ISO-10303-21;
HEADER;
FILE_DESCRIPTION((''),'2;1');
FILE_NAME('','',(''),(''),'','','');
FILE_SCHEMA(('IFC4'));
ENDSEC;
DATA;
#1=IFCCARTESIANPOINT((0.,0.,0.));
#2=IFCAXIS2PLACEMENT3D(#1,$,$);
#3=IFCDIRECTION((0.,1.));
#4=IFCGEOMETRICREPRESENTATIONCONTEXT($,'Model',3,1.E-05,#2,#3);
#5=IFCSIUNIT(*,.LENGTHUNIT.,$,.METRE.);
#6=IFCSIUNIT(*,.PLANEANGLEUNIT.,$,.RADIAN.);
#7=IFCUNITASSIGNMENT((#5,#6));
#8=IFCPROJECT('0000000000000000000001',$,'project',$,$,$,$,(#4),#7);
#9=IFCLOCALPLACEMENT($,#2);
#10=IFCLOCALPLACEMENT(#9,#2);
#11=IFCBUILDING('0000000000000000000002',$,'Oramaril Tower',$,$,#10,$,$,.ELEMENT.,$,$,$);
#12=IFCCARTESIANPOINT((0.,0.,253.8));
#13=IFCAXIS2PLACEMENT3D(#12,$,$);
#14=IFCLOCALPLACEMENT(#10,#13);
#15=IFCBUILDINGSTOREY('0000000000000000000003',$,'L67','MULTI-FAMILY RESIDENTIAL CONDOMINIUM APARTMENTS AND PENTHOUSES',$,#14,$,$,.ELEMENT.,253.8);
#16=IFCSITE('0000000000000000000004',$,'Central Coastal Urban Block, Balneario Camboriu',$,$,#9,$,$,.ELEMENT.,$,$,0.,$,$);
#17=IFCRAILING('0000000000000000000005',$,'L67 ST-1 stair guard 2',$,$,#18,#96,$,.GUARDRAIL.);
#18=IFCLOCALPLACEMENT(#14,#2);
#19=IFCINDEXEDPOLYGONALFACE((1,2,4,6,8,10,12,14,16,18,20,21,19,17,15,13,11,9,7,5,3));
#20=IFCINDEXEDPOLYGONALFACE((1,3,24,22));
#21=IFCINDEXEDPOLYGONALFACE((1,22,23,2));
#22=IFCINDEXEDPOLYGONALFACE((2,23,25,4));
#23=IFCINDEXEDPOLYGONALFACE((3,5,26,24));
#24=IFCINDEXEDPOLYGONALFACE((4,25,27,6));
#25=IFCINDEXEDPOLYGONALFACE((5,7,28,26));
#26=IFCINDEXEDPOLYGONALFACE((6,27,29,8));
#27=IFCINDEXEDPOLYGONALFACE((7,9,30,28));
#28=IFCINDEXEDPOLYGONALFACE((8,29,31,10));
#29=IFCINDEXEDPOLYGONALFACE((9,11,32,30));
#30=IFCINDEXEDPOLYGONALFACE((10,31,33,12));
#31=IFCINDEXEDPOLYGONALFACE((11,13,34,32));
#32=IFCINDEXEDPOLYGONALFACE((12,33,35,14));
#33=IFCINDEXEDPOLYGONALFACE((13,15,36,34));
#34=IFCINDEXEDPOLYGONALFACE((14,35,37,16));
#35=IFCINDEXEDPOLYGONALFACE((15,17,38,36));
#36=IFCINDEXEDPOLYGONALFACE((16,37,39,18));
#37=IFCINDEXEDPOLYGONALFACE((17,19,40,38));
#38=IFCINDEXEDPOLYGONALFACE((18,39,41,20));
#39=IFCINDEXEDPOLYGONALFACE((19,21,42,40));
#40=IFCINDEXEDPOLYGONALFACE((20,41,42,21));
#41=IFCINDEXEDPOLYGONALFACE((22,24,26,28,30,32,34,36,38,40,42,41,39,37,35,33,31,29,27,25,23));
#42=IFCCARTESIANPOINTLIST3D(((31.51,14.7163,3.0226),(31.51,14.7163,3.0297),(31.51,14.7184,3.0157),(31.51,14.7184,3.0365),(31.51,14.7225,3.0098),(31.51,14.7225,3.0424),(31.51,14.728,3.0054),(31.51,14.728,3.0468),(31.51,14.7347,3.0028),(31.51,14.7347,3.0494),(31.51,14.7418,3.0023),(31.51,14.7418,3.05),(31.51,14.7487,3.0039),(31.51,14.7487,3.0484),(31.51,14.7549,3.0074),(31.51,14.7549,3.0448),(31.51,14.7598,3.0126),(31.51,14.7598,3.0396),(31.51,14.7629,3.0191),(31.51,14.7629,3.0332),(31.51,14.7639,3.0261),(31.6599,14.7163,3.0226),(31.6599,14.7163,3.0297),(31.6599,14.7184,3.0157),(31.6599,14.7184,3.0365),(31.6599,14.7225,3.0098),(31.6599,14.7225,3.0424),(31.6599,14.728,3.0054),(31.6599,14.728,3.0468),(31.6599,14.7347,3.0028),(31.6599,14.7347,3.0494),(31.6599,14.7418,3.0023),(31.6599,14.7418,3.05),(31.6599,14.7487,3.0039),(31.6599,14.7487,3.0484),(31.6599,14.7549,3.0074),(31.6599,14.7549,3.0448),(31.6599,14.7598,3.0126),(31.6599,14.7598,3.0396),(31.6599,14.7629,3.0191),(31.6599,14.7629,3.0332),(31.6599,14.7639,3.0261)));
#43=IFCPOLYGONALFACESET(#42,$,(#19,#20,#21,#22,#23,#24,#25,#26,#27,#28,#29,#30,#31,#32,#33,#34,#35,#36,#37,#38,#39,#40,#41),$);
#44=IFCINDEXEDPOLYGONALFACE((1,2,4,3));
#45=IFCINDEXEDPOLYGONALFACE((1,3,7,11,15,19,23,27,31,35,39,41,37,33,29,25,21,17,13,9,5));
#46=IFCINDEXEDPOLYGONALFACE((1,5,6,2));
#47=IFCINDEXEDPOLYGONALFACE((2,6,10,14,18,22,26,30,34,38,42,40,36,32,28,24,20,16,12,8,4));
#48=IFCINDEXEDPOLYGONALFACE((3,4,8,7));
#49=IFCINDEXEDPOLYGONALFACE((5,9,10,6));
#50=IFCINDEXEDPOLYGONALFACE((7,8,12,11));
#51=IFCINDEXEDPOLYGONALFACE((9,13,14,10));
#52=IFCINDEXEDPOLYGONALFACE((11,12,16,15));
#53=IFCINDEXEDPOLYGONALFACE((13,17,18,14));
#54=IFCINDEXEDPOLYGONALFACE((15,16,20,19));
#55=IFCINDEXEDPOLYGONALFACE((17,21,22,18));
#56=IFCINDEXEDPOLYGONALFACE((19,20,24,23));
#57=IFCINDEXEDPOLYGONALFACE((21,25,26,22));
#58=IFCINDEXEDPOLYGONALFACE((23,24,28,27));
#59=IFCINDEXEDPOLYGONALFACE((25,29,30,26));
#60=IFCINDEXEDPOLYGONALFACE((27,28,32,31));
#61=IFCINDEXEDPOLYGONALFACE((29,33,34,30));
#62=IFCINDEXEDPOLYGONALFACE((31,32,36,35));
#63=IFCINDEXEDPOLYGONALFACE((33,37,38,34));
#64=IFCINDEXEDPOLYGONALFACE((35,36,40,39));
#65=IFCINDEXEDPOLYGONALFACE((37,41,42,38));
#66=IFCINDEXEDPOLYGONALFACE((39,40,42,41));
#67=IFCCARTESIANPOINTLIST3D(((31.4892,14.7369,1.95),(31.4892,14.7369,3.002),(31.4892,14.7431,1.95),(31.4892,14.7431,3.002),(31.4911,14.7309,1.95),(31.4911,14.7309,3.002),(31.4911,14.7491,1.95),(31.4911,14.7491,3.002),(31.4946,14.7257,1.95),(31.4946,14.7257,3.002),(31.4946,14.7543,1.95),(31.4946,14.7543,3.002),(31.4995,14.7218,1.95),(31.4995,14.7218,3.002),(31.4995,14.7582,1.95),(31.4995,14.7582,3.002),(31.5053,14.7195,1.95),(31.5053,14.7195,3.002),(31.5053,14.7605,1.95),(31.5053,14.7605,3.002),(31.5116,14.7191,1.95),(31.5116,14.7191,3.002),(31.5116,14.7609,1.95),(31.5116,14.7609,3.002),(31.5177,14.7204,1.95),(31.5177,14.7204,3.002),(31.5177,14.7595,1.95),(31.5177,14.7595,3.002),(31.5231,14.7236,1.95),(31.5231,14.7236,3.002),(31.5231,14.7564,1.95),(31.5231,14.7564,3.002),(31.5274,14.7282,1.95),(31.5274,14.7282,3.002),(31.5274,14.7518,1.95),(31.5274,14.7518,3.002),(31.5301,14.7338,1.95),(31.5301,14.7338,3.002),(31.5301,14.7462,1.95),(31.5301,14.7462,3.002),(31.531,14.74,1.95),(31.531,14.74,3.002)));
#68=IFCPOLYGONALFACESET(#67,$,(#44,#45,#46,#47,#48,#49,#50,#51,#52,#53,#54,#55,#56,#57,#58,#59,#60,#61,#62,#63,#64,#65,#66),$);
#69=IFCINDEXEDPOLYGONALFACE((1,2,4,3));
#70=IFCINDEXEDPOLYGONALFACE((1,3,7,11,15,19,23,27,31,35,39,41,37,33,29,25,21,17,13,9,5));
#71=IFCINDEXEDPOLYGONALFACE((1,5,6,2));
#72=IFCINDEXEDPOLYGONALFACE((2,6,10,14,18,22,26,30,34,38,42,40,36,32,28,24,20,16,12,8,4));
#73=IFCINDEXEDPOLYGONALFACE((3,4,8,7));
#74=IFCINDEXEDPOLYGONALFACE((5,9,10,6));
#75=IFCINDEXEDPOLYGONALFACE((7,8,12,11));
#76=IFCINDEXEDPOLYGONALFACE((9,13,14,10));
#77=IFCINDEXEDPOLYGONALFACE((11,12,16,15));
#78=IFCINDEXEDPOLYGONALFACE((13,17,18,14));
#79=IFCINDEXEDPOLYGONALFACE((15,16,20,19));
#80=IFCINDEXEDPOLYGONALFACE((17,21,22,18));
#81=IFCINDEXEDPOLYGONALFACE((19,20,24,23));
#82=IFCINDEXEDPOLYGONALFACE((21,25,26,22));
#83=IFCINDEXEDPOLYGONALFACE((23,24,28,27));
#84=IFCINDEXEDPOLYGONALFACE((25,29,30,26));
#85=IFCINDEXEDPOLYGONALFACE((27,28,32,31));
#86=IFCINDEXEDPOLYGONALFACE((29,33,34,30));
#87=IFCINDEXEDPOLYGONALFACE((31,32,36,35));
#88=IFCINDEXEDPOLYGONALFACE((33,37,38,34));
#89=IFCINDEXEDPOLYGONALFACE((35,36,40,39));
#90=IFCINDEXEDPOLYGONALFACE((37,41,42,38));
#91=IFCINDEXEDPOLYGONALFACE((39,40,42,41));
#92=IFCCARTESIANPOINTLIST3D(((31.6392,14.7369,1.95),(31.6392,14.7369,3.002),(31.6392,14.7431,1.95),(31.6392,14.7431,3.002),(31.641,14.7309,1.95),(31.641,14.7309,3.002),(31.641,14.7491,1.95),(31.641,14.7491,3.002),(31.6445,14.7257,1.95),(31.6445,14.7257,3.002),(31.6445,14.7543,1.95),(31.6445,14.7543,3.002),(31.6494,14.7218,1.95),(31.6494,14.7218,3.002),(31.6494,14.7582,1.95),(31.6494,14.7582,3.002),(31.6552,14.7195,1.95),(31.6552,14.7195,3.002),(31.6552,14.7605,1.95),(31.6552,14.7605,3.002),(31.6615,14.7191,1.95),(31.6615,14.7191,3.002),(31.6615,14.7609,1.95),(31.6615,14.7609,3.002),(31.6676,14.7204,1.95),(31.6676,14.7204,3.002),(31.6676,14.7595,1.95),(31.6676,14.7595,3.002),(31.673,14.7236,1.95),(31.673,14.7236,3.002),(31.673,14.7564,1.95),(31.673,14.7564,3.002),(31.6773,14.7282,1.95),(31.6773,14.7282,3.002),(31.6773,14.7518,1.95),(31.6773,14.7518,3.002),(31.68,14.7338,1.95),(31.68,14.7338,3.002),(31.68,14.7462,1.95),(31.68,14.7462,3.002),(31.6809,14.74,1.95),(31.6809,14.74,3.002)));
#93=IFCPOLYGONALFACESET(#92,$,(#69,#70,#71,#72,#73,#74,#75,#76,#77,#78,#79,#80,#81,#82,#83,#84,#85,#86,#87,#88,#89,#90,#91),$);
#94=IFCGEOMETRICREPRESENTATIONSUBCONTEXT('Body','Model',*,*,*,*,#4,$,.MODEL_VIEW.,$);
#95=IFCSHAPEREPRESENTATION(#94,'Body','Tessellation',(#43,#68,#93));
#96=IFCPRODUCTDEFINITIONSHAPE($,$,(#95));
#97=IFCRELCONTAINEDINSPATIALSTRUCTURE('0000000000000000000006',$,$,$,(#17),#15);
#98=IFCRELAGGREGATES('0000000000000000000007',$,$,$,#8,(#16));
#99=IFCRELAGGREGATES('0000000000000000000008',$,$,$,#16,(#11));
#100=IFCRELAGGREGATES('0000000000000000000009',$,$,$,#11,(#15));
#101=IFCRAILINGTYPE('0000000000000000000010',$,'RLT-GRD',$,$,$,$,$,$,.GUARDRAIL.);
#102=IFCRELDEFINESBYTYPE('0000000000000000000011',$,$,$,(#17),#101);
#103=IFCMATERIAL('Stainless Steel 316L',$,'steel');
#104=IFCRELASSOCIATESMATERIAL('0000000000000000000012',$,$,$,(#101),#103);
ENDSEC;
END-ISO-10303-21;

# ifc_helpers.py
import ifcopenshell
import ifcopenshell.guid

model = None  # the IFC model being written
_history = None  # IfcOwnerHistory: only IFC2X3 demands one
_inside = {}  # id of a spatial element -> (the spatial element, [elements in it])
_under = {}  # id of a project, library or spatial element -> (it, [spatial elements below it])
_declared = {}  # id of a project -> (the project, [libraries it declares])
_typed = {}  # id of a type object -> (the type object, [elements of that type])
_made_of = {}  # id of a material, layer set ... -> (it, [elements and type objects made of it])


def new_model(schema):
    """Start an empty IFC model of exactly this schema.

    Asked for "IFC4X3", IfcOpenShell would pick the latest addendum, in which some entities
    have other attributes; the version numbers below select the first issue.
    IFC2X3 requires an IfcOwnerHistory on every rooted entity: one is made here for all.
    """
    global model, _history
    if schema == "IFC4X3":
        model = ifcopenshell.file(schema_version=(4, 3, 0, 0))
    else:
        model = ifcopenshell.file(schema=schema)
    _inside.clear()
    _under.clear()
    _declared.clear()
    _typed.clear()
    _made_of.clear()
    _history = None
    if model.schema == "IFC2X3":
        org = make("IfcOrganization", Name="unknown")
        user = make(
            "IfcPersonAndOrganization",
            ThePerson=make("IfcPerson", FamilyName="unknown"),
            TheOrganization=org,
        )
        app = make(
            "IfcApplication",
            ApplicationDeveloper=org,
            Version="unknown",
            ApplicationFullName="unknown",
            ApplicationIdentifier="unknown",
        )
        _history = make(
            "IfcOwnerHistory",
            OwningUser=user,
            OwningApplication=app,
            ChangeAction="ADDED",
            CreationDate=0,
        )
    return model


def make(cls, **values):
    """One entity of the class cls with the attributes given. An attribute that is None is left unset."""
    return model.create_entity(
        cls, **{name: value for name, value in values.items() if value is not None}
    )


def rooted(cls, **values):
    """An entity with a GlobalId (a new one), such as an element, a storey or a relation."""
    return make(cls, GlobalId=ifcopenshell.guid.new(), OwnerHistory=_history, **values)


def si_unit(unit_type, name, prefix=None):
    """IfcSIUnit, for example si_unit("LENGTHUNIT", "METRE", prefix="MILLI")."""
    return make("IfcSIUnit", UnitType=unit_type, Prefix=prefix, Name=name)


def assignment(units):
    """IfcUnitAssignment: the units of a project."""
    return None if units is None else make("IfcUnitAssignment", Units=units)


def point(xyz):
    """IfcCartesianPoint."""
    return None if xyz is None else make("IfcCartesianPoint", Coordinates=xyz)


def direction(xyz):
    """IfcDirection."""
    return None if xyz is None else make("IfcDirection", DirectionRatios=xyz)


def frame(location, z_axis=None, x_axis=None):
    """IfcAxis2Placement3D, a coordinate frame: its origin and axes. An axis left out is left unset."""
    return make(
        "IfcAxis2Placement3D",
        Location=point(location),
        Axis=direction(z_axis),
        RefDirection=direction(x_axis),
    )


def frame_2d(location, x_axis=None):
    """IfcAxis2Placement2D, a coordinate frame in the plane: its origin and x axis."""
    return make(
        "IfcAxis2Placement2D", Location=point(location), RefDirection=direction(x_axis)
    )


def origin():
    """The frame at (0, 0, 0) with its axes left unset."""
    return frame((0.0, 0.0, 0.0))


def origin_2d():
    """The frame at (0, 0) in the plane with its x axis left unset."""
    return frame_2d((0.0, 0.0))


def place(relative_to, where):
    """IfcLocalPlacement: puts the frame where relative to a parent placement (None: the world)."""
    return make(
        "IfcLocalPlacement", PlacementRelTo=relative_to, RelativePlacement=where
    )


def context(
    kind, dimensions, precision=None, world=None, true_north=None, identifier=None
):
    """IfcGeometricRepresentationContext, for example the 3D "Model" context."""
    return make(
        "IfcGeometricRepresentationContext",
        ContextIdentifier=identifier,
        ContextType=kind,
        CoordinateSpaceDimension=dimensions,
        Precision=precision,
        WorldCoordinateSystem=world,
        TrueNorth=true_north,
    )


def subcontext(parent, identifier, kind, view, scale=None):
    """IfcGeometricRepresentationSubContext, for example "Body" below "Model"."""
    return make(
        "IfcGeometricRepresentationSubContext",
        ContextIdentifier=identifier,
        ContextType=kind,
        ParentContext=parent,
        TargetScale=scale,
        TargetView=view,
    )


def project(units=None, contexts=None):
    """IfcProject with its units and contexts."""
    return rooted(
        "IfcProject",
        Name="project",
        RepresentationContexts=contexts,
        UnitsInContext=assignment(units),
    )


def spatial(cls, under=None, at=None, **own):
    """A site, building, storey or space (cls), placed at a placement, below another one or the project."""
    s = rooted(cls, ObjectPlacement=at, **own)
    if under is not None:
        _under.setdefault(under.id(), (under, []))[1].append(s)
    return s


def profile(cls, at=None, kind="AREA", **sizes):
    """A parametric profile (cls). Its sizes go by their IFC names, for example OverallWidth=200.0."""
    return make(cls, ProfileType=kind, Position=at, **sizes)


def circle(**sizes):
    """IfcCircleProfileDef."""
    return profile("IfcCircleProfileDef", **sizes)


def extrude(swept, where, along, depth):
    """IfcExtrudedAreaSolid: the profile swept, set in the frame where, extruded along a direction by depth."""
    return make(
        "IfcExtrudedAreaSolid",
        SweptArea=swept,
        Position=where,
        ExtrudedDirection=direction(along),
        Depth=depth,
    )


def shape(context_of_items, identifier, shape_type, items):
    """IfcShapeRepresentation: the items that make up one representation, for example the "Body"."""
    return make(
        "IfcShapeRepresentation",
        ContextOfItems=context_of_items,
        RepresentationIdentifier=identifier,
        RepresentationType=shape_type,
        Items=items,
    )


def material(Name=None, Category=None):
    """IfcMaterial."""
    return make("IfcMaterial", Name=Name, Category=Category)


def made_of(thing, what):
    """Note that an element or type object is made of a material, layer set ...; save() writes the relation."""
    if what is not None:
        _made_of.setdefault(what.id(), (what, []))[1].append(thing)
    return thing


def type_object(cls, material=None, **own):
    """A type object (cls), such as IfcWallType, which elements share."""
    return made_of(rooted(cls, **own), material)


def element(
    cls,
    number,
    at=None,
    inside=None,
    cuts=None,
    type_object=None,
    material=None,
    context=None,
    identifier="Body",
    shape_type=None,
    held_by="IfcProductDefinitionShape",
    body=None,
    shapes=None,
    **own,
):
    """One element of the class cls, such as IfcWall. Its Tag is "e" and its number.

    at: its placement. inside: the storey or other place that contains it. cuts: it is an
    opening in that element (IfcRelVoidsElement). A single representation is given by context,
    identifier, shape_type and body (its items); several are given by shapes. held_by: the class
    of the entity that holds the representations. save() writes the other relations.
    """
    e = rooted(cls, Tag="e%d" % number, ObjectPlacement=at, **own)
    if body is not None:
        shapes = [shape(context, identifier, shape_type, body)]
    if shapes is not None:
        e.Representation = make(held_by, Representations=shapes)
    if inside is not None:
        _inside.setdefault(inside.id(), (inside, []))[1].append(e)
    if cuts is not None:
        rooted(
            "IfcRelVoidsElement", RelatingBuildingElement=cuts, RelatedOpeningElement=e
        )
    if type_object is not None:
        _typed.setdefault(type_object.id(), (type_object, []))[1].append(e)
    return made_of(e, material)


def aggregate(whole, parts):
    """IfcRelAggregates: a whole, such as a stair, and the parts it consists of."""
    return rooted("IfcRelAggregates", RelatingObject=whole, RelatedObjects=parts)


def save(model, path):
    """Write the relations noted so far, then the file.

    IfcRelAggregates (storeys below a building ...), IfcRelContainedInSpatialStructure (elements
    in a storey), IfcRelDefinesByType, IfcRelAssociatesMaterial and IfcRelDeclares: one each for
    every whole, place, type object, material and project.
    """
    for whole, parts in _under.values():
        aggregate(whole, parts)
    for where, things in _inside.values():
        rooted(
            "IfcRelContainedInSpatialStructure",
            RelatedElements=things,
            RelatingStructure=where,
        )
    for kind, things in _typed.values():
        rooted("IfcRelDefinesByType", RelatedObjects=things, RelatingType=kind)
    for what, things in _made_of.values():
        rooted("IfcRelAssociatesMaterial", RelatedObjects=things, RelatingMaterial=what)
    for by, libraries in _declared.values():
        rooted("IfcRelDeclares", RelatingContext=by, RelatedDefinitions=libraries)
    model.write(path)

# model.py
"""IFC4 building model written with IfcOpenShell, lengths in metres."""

from ifc_helpers import new_model, si_unit, direction, frame, origin, origin_2d, place, context, subcontext, project, spatial, circle, extrude, material, type_object, element, save


model = new_model("IFC4")

# Units and contexts
model_context = context("Model", 3, precision=1e-05, world=origin(), true_north=direction((0.0, 1.0)))
body_context = subcontext(model_context, "Body", "Model", "MODEL_VIEW")
ifc_project = project(units=[si_unit("LENGTHUNIT", "METRE"), si_unit("PLANEANGLEUNIT", "RADIAN")], contexts=[model_context])

# Site, building, storey
site_placement = place(None, origin())
site = spatial("IfcSite", under=ifc_project, at=site_placement, Name="Central Coastal Urban Block, Balneario Camboriu", CompositionType="ELEMENT", RefElevation=0.0)
building_placement = place(site_placement, origin())
building = spatial("IfcBuilding", under=site, at=building_placement, Name="Oramaril Tower", CompositionType="ELEMENT")
storey_placement = place(building_placement, frame((0.0, 0.0, 253.8)))
storey = spatial("IfcBuildingStorey", under=building, at=storey_placement, Name="L67", Description="MULTI-FAMILY RESIDENTIAL CONDOMINIUM APARTMENTS AND PENTHOUSES", CompositionType="ELEMENT", Elevation=253.8)

# Railing
ifc_material_1 = material(Name="Stainless Steel 316L", Category="steel")
railing_type_1 = type_object("IfcRailingType", Name="RLT-GRD", PredefinedType="GUARDRAIL", material=ifc_material_1)
railing_1_placement = place(storey_placement, frame((31.51, 14.74, 1.95)))
element("IfcRailing", 1, at=railing_1_placement, inside=storey, type_object=railing_type_1, Name="L67 ST-1 stair guard 2", PredefinedType="GUARDRAIL", context=body_context, shape_type="SweptSolid", body=[
    extrude(circle(Radius=0.0239, at=origin_2d()), frame((0.0, 0.0, 1.0762), z_axis=(1.0, 0.0, 0.0), x_axis=(0.0, 1.0, 0.0)), (0.0, 0.0, 1.0), 0.1499),
    extrude(circle(Radius=0.021, at=origin_2d()), origin(), (0.0, 0.0, 1.0), 1.052),
    extrude(circle(Radius=0.021, at=origin_2d()), frame((0.1499, 0.0, 0.0)), (0.0, 0.0, 1.0), 1.052),
])

save(model, "model.ifc")
